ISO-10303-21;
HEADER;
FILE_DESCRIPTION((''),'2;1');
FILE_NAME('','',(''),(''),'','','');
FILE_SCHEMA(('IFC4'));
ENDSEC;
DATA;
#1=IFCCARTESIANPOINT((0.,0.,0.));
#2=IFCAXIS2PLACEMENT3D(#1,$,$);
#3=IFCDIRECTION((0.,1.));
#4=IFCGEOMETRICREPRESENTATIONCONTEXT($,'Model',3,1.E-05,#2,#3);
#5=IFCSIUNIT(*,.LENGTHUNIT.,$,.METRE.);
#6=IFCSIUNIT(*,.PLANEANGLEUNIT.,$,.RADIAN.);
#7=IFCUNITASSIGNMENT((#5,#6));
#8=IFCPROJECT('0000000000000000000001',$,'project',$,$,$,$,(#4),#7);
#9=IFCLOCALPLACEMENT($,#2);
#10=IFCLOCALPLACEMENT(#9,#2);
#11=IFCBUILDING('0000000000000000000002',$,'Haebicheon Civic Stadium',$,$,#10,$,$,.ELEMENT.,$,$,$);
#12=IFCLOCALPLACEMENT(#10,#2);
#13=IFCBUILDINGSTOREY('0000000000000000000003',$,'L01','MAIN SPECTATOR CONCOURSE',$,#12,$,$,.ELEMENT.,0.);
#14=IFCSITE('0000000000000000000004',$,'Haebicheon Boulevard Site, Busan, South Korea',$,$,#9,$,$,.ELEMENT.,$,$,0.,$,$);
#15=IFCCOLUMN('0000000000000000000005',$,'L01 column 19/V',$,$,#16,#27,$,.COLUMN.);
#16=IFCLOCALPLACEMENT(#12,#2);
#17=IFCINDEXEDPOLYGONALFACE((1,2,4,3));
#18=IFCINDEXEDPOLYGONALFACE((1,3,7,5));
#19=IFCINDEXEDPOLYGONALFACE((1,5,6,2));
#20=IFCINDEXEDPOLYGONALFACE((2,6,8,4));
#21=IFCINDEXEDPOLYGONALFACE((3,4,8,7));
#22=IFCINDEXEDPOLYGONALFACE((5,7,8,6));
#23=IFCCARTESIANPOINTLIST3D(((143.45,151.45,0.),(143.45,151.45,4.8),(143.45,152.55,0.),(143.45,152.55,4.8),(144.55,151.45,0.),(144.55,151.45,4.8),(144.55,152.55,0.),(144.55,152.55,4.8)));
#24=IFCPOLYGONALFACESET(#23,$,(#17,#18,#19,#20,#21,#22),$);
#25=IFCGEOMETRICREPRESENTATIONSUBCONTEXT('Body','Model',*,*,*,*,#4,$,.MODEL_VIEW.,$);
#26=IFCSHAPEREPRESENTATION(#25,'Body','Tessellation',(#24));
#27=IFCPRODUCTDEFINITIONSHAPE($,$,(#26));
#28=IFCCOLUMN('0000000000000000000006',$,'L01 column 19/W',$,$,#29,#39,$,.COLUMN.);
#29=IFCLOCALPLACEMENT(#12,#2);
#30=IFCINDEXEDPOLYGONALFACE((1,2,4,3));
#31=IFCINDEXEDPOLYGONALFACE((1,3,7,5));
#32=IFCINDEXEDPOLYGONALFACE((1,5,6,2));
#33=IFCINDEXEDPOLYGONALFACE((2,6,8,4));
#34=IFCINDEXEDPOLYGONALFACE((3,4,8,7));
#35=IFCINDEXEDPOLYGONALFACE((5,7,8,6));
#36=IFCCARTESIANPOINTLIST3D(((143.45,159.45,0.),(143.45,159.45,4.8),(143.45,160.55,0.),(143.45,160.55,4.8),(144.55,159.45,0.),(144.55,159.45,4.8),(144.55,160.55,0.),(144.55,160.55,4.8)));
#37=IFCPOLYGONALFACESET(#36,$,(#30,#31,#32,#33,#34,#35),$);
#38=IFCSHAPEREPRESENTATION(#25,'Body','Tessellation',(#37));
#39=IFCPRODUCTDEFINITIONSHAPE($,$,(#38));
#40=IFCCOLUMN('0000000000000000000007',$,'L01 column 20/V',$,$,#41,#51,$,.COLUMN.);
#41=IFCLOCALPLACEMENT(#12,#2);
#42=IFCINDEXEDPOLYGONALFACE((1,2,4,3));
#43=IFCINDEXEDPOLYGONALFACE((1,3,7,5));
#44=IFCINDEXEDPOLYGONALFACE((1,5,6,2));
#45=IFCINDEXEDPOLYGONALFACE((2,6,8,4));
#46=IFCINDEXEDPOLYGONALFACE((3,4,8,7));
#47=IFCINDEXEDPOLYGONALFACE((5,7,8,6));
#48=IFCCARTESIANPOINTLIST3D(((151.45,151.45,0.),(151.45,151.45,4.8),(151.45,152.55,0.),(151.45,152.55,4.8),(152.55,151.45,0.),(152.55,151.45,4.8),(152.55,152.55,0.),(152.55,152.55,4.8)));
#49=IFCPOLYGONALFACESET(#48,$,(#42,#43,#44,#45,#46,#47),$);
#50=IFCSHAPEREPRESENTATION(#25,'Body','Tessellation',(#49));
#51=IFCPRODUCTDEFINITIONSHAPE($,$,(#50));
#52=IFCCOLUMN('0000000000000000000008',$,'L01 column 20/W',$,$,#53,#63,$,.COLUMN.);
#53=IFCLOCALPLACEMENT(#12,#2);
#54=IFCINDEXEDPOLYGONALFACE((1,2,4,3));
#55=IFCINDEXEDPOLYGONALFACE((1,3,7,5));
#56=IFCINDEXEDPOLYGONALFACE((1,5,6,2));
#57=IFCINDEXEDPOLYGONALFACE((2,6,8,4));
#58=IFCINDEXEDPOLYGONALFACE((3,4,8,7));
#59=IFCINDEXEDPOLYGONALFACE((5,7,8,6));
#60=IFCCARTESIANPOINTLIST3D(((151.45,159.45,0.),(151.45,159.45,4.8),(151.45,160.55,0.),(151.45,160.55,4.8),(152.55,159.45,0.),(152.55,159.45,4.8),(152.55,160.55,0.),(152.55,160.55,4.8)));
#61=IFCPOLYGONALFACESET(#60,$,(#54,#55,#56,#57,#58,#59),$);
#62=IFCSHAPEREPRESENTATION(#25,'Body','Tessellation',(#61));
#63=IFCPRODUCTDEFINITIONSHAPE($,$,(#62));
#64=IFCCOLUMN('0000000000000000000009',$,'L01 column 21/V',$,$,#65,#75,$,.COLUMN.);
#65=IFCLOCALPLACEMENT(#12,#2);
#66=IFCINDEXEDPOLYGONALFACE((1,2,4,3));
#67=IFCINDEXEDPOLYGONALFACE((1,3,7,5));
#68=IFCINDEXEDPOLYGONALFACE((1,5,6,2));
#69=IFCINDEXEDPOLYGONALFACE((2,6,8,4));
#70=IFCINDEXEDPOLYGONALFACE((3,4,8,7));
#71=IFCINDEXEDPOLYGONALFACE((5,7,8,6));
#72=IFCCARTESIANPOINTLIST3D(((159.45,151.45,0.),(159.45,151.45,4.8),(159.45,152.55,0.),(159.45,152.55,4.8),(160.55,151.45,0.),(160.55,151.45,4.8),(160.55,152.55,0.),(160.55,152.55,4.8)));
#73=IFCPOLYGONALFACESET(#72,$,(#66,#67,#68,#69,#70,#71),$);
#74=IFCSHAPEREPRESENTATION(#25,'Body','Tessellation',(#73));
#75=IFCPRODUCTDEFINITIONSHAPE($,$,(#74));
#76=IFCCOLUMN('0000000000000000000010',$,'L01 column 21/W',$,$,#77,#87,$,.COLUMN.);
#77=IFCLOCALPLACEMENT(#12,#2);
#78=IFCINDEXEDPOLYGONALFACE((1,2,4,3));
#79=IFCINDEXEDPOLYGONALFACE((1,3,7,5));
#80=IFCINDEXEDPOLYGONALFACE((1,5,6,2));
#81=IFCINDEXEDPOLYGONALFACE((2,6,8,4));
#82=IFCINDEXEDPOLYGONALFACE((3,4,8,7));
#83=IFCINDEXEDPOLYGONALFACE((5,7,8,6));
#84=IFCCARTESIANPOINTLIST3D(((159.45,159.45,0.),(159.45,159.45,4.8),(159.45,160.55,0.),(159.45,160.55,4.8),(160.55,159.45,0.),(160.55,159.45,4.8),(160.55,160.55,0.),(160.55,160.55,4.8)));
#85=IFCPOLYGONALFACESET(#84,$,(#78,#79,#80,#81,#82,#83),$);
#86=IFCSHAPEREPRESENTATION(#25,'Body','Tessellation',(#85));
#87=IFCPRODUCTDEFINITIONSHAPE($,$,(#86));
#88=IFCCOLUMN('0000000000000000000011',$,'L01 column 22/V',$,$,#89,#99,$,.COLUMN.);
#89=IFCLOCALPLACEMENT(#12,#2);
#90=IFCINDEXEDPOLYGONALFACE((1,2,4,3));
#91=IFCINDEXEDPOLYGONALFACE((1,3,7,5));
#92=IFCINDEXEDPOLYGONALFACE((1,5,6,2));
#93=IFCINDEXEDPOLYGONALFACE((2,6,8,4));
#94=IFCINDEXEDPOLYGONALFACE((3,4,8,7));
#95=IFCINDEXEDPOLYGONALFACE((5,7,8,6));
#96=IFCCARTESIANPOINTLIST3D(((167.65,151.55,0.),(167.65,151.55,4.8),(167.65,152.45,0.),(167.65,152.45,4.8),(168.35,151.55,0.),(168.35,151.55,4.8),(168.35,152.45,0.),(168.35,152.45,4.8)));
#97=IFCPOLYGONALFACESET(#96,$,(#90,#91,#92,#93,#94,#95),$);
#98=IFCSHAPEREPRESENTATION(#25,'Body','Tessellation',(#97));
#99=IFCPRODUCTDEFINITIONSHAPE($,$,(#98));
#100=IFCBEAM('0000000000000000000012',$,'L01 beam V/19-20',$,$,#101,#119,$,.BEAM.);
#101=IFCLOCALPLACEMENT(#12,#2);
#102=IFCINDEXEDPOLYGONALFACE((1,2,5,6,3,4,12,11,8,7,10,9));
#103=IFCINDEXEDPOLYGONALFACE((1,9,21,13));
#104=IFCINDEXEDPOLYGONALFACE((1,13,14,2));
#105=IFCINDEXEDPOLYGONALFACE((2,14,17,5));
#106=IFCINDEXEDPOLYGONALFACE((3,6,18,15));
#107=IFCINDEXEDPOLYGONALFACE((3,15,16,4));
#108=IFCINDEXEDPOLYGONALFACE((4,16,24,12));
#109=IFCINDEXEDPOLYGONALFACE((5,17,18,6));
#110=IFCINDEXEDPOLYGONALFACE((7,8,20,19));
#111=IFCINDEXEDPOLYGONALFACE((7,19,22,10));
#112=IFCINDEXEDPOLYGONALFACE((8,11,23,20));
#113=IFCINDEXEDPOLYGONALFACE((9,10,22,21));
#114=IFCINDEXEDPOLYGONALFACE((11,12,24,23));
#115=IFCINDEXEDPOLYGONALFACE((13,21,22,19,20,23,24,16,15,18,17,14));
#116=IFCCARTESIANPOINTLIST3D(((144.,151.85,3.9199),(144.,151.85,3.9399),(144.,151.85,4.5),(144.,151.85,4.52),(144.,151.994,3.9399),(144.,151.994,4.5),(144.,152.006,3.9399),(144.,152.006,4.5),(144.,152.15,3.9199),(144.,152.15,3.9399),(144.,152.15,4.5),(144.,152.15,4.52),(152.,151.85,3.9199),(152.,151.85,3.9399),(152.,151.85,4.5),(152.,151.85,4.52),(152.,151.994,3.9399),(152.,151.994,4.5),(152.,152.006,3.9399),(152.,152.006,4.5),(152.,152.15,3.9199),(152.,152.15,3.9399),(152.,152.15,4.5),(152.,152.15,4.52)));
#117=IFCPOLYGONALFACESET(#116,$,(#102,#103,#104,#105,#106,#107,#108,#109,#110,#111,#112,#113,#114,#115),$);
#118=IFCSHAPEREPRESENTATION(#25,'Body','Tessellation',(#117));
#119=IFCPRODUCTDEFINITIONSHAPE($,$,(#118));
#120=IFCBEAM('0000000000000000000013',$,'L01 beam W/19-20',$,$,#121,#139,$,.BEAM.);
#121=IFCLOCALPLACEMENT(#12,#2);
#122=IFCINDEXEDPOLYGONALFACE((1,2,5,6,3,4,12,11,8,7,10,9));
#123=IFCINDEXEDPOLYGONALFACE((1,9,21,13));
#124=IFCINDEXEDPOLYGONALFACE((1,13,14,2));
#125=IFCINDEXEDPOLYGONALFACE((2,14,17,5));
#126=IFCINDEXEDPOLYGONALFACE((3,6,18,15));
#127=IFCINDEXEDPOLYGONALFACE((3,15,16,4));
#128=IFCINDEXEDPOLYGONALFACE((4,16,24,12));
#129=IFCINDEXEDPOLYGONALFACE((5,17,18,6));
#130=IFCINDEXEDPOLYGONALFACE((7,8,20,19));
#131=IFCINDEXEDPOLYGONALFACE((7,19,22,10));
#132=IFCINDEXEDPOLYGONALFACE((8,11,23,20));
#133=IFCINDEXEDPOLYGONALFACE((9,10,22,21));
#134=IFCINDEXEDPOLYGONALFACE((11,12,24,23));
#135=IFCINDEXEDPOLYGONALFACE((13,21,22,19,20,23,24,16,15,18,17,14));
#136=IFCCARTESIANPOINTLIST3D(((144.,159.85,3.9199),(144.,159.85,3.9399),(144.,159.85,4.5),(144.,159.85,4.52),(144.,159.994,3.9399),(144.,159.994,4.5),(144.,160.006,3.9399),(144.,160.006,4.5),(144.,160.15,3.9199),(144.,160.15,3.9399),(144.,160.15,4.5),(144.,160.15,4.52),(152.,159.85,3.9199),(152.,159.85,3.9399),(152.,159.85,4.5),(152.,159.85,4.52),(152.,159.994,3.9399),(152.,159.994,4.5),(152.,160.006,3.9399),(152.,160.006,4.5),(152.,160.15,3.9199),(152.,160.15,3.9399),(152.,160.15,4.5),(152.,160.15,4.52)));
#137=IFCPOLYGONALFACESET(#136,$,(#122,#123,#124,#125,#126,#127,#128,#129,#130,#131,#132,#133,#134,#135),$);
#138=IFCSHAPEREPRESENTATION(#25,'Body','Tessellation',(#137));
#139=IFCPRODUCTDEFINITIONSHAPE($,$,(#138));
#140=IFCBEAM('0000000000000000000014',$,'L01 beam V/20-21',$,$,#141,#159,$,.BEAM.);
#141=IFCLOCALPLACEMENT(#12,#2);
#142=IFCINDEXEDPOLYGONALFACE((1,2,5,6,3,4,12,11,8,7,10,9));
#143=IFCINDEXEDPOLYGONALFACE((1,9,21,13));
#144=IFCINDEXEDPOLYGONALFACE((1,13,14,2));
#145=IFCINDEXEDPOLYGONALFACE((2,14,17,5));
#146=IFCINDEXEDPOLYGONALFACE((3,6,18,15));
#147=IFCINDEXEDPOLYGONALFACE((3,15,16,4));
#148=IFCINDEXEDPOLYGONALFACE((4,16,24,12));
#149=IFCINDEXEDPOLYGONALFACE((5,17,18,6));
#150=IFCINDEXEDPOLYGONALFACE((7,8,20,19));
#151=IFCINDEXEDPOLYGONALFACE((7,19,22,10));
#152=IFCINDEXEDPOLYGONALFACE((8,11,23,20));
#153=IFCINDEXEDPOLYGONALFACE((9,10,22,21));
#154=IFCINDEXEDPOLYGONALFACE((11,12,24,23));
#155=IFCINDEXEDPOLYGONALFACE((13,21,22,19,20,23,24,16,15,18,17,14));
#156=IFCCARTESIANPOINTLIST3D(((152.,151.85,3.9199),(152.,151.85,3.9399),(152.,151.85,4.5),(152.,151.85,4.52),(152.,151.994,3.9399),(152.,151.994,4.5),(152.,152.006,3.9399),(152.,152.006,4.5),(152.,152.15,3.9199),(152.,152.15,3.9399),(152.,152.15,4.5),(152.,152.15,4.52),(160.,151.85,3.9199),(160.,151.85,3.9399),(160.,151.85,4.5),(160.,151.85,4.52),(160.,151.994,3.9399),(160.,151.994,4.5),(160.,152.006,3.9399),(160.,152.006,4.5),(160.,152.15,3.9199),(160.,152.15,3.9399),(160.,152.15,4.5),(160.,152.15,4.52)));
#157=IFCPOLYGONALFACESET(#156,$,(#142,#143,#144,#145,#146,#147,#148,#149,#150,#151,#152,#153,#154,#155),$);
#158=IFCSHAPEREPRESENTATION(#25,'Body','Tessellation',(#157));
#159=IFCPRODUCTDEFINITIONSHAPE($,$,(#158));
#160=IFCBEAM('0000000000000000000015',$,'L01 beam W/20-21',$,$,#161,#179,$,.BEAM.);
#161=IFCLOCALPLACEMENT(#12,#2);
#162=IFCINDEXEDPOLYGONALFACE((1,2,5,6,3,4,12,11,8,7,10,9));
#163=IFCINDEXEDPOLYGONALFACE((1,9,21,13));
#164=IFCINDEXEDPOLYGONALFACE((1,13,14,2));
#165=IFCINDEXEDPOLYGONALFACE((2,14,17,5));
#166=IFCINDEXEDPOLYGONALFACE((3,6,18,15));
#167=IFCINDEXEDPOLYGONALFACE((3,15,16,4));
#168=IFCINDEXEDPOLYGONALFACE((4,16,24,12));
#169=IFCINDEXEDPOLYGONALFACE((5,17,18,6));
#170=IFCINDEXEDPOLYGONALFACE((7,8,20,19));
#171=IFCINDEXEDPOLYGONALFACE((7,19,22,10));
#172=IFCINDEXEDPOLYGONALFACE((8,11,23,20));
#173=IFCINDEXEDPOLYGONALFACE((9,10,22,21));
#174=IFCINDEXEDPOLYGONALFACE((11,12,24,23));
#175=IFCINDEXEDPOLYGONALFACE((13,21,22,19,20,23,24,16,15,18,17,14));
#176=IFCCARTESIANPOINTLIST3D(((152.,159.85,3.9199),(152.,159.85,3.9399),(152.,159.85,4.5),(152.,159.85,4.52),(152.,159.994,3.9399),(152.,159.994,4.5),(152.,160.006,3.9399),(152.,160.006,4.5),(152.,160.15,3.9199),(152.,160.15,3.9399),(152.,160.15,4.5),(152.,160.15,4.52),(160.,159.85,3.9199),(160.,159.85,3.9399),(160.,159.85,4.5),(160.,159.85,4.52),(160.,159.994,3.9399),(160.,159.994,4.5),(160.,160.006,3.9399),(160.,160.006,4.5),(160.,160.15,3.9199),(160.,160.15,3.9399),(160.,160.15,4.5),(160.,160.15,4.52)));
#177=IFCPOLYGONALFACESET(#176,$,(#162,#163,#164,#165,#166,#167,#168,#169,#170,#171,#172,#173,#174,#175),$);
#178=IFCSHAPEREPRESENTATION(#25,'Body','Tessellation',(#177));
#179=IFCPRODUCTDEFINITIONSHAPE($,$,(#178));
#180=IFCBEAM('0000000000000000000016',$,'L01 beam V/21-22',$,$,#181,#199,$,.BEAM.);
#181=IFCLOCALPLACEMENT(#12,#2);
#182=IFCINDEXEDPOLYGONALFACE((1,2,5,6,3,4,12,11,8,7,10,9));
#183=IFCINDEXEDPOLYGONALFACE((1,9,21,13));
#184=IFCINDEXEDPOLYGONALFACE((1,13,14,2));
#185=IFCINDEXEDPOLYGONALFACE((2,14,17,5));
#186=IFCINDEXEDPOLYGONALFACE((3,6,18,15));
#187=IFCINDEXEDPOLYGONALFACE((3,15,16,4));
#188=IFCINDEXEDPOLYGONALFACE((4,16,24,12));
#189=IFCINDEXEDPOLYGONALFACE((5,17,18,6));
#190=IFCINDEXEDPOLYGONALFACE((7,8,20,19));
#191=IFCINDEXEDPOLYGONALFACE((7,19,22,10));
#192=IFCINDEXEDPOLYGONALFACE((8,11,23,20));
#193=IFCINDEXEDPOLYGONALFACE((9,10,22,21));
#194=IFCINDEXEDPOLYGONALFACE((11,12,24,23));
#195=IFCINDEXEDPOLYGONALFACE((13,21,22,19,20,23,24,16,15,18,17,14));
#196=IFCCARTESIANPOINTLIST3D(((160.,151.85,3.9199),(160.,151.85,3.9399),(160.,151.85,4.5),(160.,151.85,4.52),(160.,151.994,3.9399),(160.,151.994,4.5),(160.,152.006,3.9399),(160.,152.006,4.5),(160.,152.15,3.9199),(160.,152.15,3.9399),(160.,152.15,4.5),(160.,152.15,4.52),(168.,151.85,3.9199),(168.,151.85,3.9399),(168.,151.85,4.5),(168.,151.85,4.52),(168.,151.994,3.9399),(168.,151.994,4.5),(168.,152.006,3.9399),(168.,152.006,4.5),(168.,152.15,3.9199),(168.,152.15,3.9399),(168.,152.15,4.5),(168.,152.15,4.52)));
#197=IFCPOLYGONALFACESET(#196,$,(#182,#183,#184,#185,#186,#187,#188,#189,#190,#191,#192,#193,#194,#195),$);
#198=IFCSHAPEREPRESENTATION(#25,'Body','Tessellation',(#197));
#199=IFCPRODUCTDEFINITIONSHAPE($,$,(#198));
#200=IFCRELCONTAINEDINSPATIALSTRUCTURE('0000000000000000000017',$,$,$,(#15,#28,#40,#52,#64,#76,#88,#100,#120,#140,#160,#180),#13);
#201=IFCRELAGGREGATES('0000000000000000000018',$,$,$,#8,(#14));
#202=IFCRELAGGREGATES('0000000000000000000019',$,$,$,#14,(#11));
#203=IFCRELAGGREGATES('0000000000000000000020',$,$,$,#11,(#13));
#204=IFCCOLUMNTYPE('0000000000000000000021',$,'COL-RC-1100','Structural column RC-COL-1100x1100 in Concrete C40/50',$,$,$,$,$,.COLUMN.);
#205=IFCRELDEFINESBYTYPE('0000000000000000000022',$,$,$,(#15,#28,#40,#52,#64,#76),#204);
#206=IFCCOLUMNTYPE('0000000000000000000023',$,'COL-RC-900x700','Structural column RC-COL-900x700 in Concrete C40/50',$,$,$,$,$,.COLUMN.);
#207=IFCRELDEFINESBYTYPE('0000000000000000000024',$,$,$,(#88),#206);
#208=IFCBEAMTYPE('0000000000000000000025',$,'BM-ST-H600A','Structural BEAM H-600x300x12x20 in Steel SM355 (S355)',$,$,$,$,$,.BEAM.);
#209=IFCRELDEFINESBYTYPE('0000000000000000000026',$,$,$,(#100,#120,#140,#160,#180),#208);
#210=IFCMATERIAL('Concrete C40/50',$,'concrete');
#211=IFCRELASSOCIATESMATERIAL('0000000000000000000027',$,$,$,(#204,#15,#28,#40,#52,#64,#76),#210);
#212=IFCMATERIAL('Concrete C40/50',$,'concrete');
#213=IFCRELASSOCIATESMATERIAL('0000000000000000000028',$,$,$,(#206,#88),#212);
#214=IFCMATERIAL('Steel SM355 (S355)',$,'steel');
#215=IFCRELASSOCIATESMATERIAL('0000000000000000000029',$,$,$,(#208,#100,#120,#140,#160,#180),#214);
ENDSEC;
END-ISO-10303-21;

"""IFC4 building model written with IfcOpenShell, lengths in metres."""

from ifc_helpers import new_model, si_unit, direction, frame, origin, origin_2d, place, context, subcontext, project, spatial, rectangle, i_section, extrude, material, material_profile, profile_set, type_object, element, save


model = new_model("IFC4")

# Units and contexts
model_context = context("Model", 3, precision=1e-05, world=origin(), true_north=direction((0.0, 1.0)))
body_context = subcontext(model_context, "Body", "Model", "MODEL_VIEW")
ifc_project = project(units=[si_unit("LENGTHUNIT", "METRE"), si_unit("PLANEANGLEUNIT", "RADIAN")], contexts=[model_context])

# Site, building, storey
site_placement = place(None, origin())
site = spatial("IfcSite", under=ifc_project, at=site_placement, Name="Haebicheon Boulevard Site, Busan, South Korea", CompositionType="ELEMENT", RefElevation=0.0)
building_placement = place(site_placement, origin())
building = spatial("IfcBuilding", under=site, at=building_placement, Name="Haebicheon Civic Stadium", CompositionType="ELEMENT")
storey_placement = place(building_placement, origin())
storey = spatial("IfcBuildingStorey", under=building, at=storey_placement, Name="L01", Description="MAIN SPECTATOR CONCOURSE", CompositionType="ELEMENT", Elevation=0.0)

# Columns
ifc_material_1 = material(Name="Concrete C40/50", Category="concrete")
ifc_material_profile_1 = material_profile(ifc_material_1, rectangle(XDim=1.1001, YDim=1.1001, at=origin_2d()), Name="RC-COL-1100x1100")
ifc_profile_set_1 = profile_set([ifc_material_profile_1], Name="Concrete C40/50")
column_type_1 = type_object("IfcColumnType", Name="COL-RC-1100", Description="Structural column RC-COL-1100x1100 in Concrete C40/50", PredefinedType="COLUMN", material=ifc_profile_set_1)
for number, where, z_axis, x_axis, name in (
    (1, (144.0, 152.0, 0.0), (0.0, 0.0, 1.0), (1.0, 0.0, 0.0), "L01 column 19/V"),
    (2, (144.0, 160.0, 0.0), (0.0, 0.0, 1.0), (1.0, 0.0, 0.0), "L01 column 19/W"),
    (3, (152.0, 152.0, 0.0), (0.0, 0.0, 1.0), (1.0, 0.0, 0.0), "L01 column 20/V"),
    (4, (152.0, 160.0, 0.0), (0.0, 0.0, 1.0), (1.0, 0.0, 0.0), "L01 column 20/W"),
    (5, (160.0, 152.0, 0.0), (0.0, 0.0, 1.0), (1.0, 0.0, 0.0), "L01 column 21/V"),
    (6, (160.0, 160.0, 0.0), (0.0, 0.0, 1.0), (1.0, 0.0, 0.0), "L01 column 21/W"),
):
    element("IfcColumn", number, at=place(storey_placement, frame(where, z_axis=z_axis, x_axis=x_axis)), inside=storey, type_object=column_type_1, material=ifc_profile_set_1, Name=name, PredefinedType="COLUMN", context=body_context, shape_type="SweptSolid", body=[
        extrude(rectangle(XDim=1.1001, YDim=1.1001, at=origin_2d()), origin(), (0.0, 0.0, 1.0), 4.8),
    ])
ifc_material_2 = material(Name="Concrete C40/50", Category="concrete")
ifc_material_profile_2 = material_profile(ifc_material_2, rectangle(XDim=0.7, YDim=0.8999, at=origin_2d()), Name="RC-COL-900x700")
ifc_profile_set_2 = profile_set([ifc_material_profile_2], Name="Concrete C40/50")
column_type_2 = type_object("IfcColumnType", Name="COL-RC-900x700", Description="Structural column RC-COL-900x700 in Concrete C40/50", PredefinedType="COLUMN", material=ifc_profile_set_2)
column_placement = place(storey_placement, frame((168.0, 152.0, 0.0), z_axis=(0.0, 0.0, 1.0), x_axis=(1.0, 0.0, 0.0)))
element("IfcColumn", 7, at=column_placement, inside=storey, type_object=column_type_2, material=ifc_profile_set_2, Name="L01 column 22/V", PredefinedType="COLUMN", context=body_context, shape_type="SweptSolid", body=[
    extrude(rectangle(XDim=0.7, YDim=0.8999, at=origin_2d()), origin(), (0.0, 0.0, 1.0), 4.8),
])

# Beams
ifc_material_3 = material(Name="Steel SM355 (S355)", Category="steel")
ifc_material_profile_3 = material_profile(ifc_material_3, i_section(OverallWidth=0.3, OverallDepth=0.6001, WebThickness=0.012, FlangeThickness=0.02, at=origin_2d()), Name="H-600x300x12x20")
ifc_profile_set_3 = profile_set([ifc_material_profile_3], Name="Steel SM355 (S355)")
beam_type_1 = type_object("IfcBeamType", Name="BM-ST-H600A", Description="Structural BEAM H-600x300x12x20 in Steel SM355 (S355)", PredefinedType="BEAM", material=ifc_profile_set_3)
for number, where, z_axis, x_axis, name in (
    (8, (144.0, 152.0, 4.22), (1.0, 0.0, 0.0), (0.0, 1.0, 0.0), "L01 beam V/19-20"),
    (9, (144.0, 160.0, 4.22), (1.0, 0.0, 0.0), (0.0, 1.0, 0.0), "L01 beam W/19-20"),
    (10, (152.0, 152.0, 4.22), (1.0, 0.0, 0.0), (0.0, 1.0, 0.0), "L01 beam V/20-21"),
    (11, (152.0, 160.0, 4.22), (1.0, 0.0, 0.0), (0.0, 1.0, 0.0), "L01 beam W/20-21"),
    (12, (160.0, 152.0, 4.22), (1.0, 0.0, 0.0), (0.0, 1.0, 0.0), "L01 beam V/21-22"),
):
    element("IfcBeam", number, at=place(storey_placement, frame(where, z_axis=z_axis, x_axis=x_axis)), inside=storey, type_object=beam_type_1, material=ifc_profile_set_3, Name=name, PredefinedType="BEAM", context=body_context, shape_type="SweptSolid", body=[
        extrude(i_section(OverallWidth=0.3, OverallDepth=0.6001, WebThickness=0.012, FlangeThickness=0.02, at=origin_2d()), origin(), (0.0, 0.0, 1.0), 8.0),
    ])

save(model, "model.ifc")
